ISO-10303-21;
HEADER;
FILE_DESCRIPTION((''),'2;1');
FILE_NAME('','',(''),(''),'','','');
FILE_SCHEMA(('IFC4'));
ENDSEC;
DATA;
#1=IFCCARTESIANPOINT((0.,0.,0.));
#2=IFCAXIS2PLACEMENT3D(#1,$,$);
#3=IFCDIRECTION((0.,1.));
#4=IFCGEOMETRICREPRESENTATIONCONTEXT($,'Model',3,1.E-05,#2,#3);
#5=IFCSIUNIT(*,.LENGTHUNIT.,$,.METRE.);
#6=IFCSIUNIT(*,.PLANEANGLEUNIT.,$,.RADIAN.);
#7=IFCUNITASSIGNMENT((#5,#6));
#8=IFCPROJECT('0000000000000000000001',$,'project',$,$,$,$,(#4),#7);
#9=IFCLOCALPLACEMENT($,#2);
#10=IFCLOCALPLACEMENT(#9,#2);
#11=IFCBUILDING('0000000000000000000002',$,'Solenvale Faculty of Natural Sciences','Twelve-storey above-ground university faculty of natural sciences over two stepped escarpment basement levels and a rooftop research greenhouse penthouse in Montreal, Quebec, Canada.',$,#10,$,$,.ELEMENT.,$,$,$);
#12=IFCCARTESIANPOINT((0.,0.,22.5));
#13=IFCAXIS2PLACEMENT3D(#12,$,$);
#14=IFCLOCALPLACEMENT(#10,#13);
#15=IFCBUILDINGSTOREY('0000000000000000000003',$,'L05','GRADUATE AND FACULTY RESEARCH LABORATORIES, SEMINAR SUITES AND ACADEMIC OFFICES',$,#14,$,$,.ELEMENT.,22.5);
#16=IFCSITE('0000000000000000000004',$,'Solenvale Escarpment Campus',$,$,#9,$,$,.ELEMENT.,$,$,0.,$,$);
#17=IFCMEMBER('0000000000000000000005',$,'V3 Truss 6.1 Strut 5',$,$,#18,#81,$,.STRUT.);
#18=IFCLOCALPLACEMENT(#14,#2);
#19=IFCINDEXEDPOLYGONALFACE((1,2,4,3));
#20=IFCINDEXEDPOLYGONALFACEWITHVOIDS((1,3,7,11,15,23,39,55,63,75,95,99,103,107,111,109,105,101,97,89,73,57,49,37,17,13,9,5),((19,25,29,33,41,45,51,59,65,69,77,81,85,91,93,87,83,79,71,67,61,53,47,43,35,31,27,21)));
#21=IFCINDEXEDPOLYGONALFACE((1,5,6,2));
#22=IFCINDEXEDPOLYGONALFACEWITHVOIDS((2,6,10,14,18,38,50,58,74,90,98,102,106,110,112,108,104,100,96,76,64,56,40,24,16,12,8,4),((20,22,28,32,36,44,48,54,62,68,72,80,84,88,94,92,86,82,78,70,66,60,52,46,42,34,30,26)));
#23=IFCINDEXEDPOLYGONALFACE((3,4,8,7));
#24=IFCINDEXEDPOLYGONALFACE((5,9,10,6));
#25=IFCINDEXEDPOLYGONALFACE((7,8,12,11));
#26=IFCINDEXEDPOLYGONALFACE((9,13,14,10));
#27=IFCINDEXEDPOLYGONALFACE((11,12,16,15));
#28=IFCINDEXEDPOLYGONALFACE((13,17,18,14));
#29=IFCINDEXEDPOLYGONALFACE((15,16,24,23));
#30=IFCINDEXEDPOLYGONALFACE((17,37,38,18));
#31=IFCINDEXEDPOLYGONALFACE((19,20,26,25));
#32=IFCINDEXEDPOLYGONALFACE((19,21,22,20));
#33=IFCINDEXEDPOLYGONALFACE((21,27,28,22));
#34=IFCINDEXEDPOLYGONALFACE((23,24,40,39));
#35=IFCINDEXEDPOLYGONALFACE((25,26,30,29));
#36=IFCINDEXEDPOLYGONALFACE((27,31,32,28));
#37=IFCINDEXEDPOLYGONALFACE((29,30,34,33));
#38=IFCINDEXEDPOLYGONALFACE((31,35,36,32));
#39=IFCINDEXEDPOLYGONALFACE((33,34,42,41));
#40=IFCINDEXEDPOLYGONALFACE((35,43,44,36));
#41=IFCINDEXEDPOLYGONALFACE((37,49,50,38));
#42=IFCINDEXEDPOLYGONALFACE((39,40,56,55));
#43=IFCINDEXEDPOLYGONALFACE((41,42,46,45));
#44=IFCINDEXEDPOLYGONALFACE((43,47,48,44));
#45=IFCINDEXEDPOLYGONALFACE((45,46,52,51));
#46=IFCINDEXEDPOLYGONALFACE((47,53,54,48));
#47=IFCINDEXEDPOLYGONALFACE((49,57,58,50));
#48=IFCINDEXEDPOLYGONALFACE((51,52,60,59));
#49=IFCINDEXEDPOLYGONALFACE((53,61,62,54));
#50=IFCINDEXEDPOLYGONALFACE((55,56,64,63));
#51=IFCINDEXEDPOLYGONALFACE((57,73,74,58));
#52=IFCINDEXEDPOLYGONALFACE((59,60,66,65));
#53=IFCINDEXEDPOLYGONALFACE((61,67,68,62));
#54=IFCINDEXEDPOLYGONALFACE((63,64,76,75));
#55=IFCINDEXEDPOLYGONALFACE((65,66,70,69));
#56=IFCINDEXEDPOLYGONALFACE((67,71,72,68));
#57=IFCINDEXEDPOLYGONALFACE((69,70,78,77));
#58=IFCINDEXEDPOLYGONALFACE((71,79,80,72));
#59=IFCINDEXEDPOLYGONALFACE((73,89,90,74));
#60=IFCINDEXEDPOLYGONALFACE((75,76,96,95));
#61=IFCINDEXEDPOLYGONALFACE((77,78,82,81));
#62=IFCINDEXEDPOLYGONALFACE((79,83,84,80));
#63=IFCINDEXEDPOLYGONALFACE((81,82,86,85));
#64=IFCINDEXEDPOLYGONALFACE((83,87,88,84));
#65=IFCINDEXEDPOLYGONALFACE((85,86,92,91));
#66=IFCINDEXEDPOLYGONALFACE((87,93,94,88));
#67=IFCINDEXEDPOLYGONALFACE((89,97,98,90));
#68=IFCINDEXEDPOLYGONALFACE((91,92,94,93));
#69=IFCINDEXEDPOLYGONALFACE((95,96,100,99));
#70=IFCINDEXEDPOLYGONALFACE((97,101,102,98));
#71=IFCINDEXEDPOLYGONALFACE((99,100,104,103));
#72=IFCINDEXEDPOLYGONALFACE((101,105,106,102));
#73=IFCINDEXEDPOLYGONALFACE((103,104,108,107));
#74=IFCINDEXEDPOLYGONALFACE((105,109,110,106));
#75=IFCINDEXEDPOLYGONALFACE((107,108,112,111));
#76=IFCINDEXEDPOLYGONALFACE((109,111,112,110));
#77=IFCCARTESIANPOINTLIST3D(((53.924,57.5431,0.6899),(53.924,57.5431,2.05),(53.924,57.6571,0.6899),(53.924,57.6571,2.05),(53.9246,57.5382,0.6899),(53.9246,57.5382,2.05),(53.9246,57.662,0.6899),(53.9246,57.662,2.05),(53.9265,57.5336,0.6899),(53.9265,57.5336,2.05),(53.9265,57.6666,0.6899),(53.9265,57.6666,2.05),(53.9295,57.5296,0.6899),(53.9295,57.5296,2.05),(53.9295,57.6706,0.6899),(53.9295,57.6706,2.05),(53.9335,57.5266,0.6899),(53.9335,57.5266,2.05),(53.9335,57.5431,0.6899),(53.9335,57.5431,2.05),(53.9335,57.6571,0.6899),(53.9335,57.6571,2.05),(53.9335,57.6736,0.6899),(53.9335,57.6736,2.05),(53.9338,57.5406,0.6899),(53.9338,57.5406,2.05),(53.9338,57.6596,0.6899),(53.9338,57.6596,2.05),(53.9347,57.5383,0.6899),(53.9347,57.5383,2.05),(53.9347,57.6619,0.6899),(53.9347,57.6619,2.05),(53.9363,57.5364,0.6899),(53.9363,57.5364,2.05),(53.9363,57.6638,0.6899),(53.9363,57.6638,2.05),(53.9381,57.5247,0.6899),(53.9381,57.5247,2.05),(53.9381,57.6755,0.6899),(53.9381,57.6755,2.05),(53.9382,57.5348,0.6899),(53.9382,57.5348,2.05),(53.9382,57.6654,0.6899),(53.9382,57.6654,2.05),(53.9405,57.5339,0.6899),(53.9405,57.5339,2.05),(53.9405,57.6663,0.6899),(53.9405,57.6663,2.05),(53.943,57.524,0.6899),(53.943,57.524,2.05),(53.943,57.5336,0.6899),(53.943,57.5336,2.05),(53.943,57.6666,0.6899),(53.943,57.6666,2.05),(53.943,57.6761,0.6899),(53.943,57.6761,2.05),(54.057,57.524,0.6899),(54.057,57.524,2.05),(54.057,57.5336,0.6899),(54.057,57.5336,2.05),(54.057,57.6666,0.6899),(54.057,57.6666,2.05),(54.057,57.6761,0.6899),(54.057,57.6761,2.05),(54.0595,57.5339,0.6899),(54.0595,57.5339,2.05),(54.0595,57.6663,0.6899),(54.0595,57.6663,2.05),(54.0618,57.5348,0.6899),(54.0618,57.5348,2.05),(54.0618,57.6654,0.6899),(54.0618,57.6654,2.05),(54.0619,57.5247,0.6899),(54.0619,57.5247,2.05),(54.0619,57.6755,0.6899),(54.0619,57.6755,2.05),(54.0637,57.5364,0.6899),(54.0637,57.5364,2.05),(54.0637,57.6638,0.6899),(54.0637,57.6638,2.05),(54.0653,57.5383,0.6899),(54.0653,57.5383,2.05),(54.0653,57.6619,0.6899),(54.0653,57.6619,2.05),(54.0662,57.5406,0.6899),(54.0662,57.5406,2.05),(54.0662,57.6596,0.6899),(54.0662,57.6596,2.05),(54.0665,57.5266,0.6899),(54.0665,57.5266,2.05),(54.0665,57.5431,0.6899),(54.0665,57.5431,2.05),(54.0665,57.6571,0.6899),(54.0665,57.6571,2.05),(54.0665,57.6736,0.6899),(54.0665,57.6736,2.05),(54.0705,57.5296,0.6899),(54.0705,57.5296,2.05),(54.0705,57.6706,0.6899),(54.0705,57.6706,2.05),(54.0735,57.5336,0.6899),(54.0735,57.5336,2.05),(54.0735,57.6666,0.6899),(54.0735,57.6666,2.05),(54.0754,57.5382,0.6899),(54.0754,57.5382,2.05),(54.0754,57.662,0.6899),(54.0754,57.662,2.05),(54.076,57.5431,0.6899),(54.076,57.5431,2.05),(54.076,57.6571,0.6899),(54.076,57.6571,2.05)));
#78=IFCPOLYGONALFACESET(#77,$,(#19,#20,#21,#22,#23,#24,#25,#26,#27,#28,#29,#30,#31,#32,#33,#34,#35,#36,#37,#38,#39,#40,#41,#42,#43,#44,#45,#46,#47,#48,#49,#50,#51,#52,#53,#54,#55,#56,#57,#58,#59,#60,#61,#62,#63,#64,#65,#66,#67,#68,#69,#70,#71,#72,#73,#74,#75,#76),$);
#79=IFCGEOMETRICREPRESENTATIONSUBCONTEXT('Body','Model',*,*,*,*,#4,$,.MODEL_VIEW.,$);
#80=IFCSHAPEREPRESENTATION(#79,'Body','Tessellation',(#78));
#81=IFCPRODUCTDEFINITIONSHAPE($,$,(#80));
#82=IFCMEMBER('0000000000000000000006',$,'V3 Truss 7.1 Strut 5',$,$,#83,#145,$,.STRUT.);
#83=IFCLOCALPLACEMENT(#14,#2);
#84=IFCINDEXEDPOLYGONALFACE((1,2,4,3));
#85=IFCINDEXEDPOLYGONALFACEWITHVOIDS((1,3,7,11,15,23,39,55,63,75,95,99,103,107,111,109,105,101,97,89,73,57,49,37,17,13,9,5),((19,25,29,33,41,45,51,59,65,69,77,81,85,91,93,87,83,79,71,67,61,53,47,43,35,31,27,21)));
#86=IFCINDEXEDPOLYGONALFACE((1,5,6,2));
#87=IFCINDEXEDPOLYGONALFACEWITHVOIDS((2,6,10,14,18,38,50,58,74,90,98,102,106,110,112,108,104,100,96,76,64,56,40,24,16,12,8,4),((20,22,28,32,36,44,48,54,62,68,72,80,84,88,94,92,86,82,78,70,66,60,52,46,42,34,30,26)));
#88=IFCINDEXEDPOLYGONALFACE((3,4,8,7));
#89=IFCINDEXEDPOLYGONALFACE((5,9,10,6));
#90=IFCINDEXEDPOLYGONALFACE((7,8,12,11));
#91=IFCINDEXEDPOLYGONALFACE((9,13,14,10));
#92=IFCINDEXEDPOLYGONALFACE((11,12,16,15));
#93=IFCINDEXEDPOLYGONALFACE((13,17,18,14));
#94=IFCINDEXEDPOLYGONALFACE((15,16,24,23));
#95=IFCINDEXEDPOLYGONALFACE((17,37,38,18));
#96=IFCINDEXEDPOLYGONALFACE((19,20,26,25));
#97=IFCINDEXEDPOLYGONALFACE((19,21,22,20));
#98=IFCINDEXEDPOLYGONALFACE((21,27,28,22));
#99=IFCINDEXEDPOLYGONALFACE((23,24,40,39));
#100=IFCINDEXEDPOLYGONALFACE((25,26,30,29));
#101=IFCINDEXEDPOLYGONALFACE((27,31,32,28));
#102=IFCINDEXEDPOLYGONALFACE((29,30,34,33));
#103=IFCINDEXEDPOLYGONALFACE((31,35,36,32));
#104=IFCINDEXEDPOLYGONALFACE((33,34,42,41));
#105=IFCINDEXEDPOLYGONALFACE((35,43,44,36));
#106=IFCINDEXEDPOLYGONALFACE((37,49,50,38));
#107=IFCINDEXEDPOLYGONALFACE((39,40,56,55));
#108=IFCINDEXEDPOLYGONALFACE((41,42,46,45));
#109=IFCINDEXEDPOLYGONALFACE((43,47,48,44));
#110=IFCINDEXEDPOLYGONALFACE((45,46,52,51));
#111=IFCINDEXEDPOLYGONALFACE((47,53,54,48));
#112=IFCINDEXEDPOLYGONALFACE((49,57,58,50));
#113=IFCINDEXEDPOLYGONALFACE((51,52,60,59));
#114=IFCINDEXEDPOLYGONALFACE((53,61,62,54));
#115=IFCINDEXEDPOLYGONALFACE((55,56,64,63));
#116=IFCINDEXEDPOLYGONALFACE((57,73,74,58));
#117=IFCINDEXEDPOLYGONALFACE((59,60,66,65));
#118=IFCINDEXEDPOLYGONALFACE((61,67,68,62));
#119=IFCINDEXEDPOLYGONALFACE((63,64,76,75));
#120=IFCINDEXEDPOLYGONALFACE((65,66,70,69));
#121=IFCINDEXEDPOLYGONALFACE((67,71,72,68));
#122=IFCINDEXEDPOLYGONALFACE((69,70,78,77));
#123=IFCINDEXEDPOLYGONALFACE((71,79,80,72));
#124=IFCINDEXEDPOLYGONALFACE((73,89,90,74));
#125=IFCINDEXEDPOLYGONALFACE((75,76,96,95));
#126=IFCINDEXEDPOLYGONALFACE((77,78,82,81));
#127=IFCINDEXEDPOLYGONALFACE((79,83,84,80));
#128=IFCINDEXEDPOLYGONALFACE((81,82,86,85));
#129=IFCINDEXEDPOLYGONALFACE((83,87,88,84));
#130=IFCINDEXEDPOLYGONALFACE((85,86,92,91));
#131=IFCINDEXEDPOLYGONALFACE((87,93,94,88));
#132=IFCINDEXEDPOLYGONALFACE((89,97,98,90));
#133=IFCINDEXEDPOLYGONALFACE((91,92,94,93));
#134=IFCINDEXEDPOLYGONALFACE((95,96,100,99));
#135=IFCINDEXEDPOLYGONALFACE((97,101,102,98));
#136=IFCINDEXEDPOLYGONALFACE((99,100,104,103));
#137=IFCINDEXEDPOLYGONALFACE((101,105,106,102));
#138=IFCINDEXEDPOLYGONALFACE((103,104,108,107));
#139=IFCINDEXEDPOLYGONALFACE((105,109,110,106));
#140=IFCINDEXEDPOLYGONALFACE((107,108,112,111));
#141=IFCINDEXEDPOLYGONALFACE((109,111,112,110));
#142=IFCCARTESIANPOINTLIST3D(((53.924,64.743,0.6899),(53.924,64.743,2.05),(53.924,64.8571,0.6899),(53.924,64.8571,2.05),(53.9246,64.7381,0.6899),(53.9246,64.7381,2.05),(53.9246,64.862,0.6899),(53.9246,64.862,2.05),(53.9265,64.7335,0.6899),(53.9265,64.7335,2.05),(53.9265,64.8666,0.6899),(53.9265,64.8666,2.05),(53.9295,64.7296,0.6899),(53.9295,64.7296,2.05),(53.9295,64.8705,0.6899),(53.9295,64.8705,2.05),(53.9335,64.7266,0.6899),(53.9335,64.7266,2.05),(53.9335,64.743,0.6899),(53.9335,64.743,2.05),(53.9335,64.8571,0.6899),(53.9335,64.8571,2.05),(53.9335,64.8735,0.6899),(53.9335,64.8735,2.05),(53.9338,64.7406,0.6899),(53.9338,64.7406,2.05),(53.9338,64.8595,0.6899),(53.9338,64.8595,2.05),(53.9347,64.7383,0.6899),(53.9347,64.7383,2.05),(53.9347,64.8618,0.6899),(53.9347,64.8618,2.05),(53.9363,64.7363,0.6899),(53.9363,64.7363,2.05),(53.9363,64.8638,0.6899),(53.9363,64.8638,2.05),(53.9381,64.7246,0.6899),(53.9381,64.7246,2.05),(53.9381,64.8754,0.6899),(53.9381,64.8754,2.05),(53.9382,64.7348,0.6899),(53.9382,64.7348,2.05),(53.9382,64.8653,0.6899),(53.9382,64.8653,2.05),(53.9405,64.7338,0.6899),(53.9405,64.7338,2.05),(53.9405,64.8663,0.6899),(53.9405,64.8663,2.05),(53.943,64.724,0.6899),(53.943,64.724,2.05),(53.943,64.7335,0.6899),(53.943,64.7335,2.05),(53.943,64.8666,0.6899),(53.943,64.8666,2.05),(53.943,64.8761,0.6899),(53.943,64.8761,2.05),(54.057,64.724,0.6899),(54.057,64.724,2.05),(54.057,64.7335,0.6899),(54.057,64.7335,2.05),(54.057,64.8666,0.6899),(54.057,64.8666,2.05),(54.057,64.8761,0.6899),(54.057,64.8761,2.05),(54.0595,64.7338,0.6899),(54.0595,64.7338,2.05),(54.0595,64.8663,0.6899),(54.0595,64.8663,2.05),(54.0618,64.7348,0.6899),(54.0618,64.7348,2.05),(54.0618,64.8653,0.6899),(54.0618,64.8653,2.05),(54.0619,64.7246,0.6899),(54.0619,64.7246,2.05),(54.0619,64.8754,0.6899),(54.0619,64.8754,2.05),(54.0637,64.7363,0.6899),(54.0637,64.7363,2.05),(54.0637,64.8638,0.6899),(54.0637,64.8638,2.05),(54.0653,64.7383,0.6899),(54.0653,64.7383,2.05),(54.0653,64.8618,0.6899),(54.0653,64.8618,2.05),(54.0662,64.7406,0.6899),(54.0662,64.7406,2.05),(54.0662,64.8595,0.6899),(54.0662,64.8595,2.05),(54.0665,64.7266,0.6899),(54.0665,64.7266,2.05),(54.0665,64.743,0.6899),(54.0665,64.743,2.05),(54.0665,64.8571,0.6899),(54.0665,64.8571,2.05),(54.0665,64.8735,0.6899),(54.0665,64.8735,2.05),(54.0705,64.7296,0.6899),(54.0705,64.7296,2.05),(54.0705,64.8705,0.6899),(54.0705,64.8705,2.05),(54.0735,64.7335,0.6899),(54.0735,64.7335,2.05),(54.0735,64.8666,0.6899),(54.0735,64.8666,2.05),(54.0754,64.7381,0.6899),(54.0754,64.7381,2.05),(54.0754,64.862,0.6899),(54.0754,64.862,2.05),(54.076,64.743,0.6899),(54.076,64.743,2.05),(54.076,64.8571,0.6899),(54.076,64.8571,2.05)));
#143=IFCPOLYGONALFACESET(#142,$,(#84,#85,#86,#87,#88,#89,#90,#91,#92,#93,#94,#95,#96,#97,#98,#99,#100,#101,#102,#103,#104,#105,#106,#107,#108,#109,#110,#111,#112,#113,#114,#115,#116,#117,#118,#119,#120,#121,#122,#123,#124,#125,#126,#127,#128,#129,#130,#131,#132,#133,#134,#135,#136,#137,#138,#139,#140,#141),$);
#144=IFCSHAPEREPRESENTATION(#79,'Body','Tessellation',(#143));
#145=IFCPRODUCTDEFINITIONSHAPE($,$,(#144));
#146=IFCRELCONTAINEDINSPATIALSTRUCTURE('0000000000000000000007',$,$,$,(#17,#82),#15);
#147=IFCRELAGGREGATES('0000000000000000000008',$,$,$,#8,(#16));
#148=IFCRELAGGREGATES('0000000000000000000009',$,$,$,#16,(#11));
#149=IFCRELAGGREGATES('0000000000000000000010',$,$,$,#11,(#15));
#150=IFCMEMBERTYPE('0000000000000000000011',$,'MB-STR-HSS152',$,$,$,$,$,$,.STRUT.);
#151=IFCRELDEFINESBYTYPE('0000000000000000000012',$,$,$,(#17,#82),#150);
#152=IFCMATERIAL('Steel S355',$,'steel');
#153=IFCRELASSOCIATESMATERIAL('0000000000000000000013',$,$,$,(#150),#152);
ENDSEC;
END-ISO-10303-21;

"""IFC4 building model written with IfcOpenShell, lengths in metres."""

from ifc_helpers import new_model, si_unit, direction, frame, origin, origin_2d, place, context, subcontext, project, spatial, hollow_rectangle, extrude, material, material_profile, profile_set, type_object, element, save


model = new_model("IFC4")

# Units and contexts
model_context = context("Model", 3, precision=1e-05, world=origin(), true_north=direction((0.0, 1.0)))
body_context = subcontext(model_context, "Body", "Model", "MODEL_VIEW")
ifc_project = project(units=[si_unit("LENGTHUNIT", "METRE"), si_unit("PLANEANGLEUNIT", "RADIAN")], contexts=[model_context])

# Site, building, storey
site_placement = place(None, origin())
site = spatial("IfcSite", under=ifc_project, at=site_placement, Name="Solenvale Escarpment Campus", CompositionType="ELEMENT", RefElevation=0.0)
building_placement = place(site_placement, origin())
building = spatial("IfcBuilding", under=site, at=building_placement, Name="Solenvale Faculty of Natural Sciences", Description="Twelve-storey above-ground university faculty of natural sciences over two stepped escarpment basement levels and a rooftop research greenhouse penthouse in Montreal, Quebec, Canada.", CompositionType="ELEMENT")
storey_placement = place(building_placement, frame((0.0, 0.0, 22.5)))
storey = spatial("IfcBuildingStorey", under=building, at=storey_placement, Name="L05", Description="GRADUATE AND FACULTY RESEARCH LABORATORIES, SEMINAR SUITES AND ACADEMIC OFFICES", CompositionType="ELEMENT", Elevation=22.5)

# Shared definitions
ifc_material_1 = material(Name="Steel S355", Category="steel")

# Members
ifc_material_profile_1 = material_profile(ifc_material_1, hollow_rectangle(XDim=0.1521, YDim=0.1521, WallThickness=0.0095, InnerFilletRadius=0.0095, OuterFilletRadius=0.019, at=origin_2d()), Name="HSS152x152x9.5")
ifc_profile_set_1 = profile_set([ifc_material_profile_1], Name="Steel S355")
member_type_1 = type_object("IfcMemberType", Name="MB-STR-HSS152", PredefinedType="STRUT", material=ifc_profile_set_1)
for number, where, z_axis, x_axis, name in (
    (1, (54.0, 57.6001, 0.6899), (0.0, 0.0, 1.0), (1.0, 0.0, 0.0), "V3 Truss 6.1 Strut 5"),
    (2, (54.0, 64.8, 0.6899), (0.0, 0.0, 1.0), (1.0, 0.0, 0.0), "V3 Truss 7.1 Strut 5"),
):
    element("IfcMember", number, at=place(storey_placement, frame(where, z_axis=z_axis, x_axis=x_axis)), inside=storey, type_object=member_type_1, Name=name, PredefinedType="STRUT", context=body_context, shape_type="SweptSolid", body=[
        extrude(hollow_rectangle(XDim=0.1521, YDim=0.1521, WallThickness=0.0095, InnerFilletRadius=0.0095, OuterFilletRadius=0.019, at=origin_2d()), origin(), (0.0, 0.0, 1.0), 1.3601),
    ])

save(model, "model.ifc")
